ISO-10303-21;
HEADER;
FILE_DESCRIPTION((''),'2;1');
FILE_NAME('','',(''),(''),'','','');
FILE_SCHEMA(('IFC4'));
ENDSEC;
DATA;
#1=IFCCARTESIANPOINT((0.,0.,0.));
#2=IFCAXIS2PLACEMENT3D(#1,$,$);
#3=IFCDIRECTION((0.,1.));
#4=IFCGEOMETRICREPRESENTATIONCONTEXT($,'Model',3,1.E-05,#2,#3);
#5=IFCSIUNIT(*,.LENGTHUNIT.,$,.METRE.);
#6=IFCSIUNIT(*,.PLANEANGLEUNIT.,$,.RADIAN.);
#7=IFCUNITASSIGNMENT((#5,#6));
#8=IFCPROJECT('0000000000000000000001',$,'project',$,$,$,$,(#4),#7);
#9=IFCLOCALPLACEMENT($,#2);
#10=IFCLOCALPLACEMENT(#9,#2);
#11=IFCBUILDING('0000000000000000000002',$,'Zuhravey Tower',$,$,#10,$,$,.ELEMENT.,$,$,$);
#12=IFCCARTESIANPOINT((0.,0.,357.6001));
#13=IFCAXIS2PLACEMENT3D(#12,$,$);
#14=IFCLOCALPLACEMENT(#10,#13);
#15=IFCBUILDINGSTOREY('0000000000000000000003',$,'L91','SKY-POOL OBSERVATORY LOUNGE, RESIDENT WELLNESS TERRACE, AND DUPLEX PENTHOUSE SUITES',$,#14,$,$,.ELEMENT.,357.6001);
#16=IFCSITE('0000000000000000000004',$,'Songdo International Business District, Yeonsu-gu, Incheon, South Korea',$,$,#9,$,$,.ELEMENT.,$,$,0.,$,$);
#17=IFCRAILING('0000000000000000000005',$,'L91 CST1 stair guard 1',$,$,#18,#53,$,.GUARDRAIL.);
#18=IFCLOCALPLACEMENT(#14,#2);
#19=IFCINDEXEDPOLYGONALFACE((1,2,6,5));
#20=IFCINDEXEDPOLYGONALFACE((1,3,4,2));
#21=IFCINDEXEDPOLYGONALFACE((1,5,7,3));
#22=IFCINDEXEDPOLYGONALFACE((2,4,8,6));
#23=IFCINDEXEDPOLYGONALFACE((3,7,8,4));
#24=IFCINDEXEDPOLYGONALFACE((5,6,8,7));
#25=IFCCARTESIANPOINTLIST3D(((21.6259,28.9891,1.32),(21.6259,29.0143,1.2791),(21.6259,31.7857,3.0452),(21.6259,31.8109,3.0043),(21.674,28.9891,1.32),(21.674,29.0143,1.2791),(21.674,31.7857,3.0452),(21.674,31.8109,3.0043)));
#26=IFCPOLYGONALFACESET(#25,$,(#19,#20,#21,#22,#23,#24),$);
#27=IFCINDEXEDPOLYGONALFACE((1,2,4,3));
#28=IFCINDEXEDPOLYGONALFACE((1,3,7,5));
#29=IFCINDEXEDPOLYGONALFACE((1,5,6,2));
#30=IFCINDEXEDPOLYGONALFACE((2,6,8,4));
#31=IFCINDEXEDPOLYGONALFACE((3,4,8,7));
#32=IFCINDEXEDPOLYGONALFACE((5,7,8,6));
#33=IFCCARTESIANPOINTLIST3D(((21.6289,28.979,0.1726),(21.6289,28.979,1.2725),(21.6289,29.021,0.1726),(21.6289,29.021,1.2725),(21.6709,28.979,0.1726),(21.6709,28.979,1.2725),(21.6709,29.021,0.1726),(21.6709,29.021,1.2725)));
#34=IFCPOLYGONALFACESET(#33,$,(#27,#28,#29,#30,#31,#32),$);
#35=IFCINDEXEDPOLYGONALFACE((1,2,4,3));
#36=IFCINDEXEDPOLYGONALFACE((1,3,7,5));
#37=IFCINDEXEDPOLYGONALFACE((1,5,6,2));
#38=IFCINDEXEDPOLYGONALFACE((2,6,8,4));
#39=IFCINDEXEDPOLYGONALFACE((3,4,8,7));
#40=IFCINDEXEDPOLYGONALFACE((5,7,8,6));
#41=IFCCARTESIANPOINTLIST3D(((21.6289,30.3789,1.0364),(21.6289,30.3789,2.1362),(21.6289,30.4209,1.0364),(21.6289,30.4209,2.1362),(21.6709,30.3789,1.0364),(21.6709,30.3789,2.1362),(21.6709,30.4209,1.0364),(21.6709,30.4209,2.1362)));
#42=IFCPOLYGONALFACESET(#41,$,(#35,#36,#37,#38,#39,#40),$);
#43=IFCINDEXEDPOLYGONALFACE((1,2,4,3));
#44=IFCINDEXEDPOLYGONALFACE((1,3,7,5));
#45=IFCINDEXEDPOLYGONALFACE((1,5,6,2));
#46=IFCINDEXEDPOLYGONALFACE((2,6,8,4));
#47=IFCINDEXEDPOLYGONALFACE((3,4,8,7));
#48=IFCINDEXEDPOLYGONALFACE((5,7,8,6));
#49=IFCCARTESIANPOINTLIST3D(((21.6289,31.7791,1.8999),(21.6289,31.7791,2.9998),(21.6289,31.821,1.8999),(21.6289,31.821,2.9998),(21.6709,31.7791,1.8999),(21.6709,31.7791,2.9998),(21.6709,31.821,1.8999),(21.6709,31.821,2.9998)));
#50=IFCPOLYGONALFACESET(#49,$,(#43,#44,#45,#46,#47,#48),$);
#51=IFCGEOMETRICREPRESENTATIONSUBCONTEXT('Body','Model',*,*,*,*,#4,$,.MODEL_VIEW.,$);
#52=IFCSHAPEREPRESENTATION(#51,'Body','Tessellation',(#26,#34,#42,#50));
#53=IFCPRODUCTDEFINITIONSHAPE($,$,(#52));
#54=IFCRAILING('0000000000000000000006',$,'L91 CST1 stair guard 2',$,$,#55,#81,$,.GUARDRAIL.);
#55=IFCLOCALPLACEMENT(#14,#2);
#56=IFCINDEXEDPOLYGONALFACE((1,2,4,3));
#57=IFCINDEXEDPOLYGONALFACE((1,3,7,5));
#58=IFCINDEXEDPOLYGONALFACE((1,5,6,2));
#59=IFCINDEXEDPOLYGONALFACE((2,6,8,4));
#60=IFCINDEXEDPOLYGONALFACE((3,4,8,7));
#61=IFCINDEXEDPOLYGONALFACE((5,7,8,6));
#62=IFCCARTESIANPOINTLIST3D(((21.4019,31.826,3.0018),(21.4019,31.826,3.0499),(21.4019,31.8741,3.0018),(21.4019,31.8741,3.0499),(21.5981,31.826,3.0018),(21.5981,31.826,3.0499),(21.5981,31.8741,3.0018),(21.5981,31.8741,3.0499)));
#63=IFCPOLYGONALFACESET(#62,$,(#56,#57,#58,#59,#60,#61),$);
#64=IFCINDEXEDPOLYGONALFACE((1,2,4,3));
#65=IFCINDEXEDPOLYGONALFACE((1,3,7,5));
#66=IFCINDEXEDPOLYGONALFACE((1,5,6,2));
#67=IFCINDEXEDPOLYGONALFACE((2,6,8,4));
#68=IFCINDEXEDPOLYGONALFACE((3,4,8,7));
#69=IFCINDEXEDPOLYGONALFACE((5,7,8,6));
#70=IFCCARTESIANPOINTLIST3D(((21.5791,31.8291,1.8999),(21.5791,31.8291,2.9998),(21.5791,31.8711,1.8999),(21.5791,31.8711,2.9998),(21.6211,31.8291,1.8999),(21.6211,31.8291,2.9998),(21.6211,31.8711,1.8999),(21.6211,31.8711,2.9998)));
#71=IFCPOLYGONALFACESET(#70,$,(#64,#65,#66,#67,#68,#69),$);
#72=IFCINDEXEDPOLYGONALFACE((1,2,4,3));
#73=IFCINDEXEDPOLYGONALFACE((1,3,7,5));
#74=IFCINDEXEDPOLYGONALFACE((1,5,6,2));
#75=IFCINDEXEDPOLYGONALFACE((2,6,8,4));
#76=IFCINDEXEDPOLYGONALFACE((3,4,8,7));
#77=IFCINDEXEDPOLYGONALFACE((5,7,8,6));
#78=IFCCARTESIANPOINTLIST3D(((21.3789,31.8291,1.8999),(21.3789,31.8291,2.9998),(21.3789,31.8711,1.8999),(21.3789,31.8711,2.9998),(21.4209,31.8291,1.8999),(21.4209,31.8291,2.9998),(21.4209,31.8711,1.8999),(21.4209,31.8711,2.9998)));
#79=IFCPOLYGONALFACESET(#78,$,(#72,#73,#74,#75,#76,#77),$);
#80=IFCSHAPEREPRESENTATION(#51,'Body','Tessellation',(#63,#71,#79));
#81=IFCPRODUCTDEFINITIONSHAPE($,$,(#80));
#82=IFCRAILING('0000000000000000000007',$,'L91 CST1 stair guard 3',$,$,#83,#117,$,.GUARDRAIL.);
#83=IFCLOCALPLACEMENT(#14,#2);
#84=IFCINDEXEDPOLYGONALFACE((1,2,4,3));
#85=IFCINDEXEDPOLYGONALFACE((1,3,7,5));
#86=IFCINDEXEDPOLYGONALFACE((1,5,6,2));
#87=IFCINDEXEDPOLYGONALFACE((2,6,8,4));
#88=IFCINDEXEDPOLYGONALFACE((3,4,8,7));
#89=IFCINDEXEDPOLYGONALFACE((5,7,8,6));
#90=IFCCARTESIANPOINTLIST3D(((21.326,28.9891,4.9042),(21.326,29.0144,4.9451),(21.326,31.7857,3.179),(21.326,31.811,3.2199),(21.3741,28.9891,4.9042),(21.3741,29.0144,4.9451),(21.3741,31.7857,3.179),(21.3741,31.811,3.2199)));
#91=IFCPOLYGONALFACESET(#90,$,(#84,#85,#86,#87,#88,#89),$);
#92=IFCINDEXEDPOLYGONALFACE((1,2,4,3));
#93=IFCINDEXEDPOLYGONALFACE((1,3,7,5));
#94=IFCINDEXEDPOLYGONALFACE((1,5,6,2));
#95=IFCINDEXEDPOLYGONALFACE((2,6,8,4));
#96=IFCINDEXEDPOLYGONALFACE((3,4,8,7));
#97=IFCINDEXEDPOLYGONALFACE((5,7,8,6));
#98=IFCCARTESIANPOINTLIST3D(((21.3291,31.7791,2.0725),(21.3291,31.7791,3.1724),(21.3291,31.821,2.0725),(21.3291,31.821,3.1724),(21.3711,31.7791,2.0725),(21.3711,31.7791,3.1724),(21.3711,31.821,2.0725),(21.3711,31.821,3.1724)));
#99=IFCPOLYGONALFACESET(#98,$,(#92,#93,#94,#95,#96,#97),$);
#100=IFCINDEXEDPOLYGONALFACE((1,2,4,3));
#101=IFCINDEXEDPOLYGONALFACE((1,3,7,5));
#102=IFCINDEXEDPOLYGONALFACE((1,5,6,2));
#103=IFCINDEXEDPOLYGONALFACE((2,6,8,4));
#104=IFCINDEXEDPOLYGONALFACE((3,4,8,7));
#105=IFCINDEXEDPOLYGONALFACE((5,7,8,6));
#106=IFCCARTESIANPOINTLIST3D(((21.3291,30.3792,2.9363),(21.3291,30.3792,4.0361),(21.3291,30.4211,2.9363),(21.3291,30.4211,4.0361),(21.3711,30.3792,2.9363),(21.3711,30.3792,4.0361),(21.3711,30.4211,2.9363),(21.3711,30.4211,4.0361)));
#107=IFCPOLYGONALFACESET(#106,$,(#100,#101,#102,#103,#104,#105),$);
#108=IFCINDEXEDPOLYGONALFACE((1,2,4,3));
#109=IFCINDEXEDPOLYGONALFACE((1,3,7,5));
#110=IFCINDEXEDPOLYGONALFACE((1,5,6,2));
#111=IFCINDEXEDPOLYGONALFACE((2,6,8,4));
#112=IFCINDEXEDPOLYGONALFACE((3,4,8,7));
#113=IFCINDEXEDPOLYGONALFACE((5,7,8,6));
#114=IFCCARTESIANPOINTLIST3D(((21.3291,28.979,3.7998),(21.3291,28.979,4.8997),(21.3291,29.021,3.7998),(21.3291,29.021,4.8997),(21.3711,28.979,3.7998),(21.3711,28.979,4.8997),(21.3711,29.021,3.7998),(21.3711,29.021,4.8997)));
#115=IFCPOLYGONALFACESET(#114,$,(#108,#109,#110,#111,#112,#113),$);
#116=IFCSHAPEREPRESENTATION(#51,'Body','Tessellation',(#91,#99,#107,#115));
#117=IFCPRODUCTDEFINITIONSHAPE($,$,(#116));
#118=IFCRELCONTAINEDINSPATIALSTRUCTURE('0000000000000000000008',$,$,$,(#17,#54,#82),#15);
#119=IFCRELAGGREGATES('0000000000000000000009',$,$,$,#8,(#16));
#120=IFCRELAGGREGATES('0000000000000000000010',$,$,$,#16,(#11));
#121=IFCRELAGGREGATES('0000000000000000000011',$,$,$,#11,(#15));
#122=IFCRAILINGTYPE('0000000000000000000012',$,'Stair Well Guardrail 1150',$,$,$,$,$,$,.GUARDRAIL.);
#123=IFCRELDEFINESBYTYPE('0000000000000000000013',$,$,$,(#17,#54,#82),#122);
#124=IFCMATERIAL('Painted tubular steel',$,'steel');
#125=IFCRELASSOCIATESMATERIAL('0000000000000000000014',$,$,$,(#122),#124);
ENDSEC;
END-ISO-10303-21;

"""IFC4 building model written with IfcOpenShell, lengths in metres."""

from ifc_helpers import new_model, si_unit, direction, frame, origin, origin_2d, place, context, subcontext, project, spatial, rectangle, extrude, material, type_object, element, save


model = new_model("IFC4")

# Units and contexts
model_context = context("Model", 3, precision=1e-05, world=origin(), true_north=direction((0.0, 1.0)))
body_context = subcontext(model_context, "Body", "Model", "MODEL_VIEW")
ifc_project = project(units=[si_unit("LENGTHUNIT", "METRE"), si_unit("PLANEANGLEUNIT", "RADIAN")], contexts=[model_context])

# Site, building, storey
site_placement = place(None, origin())
site = spatial("IfcSite", under=ifc_project, at=site_placement, Name="Songdo International Business District, Yeonsu-gu, Incheon, South Korea", CompositionType="ELEMENT", RefElevation=0.0)
building_placement = place(site_placement, origin())
building = spatial("IfcBuilding", under=site, at=building_placement, Name="Zuhravey Tower", CompositionType="ELEMENT")
storey_placement = place(building_placement, frame((0.0, 0.0, 357.6001)))
storey = spatial("IfcBuildingStorey", under=building, at=storey_placement, Name="L91", Description="SKY-POOL OBSERVATORY LOUNGE, RESIDENT WELLNESS TERRACE, AND DUPLEX PENTHOUSE SUITES", CompositionType="ELEMENT", Elevation=357.6001)

# Railings
ifc_material_1 = material(Name="Painted tubular steel", Category="steel")
railing_type_1 = type_object("IfcRailingType", Name="Stair Well Guardrail 1150", PredefinedType="GUARDRAIL", material=ifc_material_1)
railing_1_placement = place(storey_placement, frame((21.6499, 29.0, 0.1726)))
element("IfcRailing", 1, at=railing_1_placement, inside=storey, type_object=railing_type_1, Name="L91 CST1 stair guard 1", PredefinedType="GUARDRAIL", context=body_context, shape_type="SweptSolid", body=[
    extrude(rectangle(XDim=0.0481, YDim=0.0481, at=origin_2d()), frame((0.0, 0.0017, 1.127), z_axis=(0.0, 0.85109, 0.52502), x_axis=(-1.0, 0.0, 0.0)), (0.0, 0.0, 1.0), 3.2859),
    extrude(rectangle(XDim=0.042, YDim=0.042, at=origin_2d()), origin(), (0.0, 0.0, 1.0), 1.0999),
    extrude(rectangle(XDim=0.042, YDim=0.042, at=origin_2d()), frame((0.0, 1.3999, 0.8638)), (0.0, 0.0, 1.0), 1.0999),
    extrude(rectangle(XDim=0.042, YDim=0.042, at=origin_2d()), frame((0.0, 2.8, 1.7273)), (0.0, 0.0, 1.0), 1.0999),
])
railing_2_placement = place(storey_placement, frame((21.6001, 31.8501, 1.8999)))
element("IfcRailing", 2, at=railing_2_placement, inside=storey, type_object=railing_type_1, Name="L91 CST1 stair guard 2", PredefinedType="GUARDRAIL", context=body_context, shape_type="SweptSolid", body=[
    extrude(rectangle(XDim=0.0481, YDim=0.0481, at=origin_2d()), frame((-0.002, 0.0, 1.126), z_axis=(-1.0, 0.0, 0.0), x_axis=(0.0, -1.0, 0.0)), (0.0, 0.0, 1.0), 0.1963),
    extrude(rectangle(XDim=0.042, YDim=0.042, at=origin_2d()), origin(), (0.0, 0.0, 1.0), 1.0999),
    extrude(rectangle(XDim=0.042, YDim=0.042, at=origin_2d()), frame((-0.2002, 0.0, 0.0)), (0.0, 0.0, 1.0), 1.0999),
])
railing_3_placement = place(storey_placement, frame((21.3501, 31.8, 2.0725)))
element("IfcRailing", 3, at=railing_3_placement, inside=storey, type_object=railing_type_1, Name="L91 CST1 stair guard 3", PredefinedType="GUARDRAIL", context=body_context, shape_type="SweptSolid", body=[
    extrude(rectangle(XDim=0.0481, YDim=0.0481, at=origin_2d()), frame((0.0, -0.0017, 1.127), z_axis=(0.0, -0.85109, 0.52502), x_axis=(1.0, 0.0, 0.0)), (0.0, 0.0, 1.0), 3.2859),
    extrude(rectangle(XDim=0.042, YDim=0.042, at=origin_2d()), origin(), (0.0, 0.0, 1.0), 1.0999),
    extrude(rectangle(XDim=0.042, YDim=0.042, at=origin_2d()), frame((0.0, -1.3999, 0.8638)), (0.0, 0.0, 1.0), 1.0999),
    extrude(rectangle(XDim=0.042, YDim=0.042, at=origin_2d()), frame((0.0, -2.8, 1.7273)), (0.0, 0.0, 1.0), 1.0999),
])

save(model, "model.ifc")
